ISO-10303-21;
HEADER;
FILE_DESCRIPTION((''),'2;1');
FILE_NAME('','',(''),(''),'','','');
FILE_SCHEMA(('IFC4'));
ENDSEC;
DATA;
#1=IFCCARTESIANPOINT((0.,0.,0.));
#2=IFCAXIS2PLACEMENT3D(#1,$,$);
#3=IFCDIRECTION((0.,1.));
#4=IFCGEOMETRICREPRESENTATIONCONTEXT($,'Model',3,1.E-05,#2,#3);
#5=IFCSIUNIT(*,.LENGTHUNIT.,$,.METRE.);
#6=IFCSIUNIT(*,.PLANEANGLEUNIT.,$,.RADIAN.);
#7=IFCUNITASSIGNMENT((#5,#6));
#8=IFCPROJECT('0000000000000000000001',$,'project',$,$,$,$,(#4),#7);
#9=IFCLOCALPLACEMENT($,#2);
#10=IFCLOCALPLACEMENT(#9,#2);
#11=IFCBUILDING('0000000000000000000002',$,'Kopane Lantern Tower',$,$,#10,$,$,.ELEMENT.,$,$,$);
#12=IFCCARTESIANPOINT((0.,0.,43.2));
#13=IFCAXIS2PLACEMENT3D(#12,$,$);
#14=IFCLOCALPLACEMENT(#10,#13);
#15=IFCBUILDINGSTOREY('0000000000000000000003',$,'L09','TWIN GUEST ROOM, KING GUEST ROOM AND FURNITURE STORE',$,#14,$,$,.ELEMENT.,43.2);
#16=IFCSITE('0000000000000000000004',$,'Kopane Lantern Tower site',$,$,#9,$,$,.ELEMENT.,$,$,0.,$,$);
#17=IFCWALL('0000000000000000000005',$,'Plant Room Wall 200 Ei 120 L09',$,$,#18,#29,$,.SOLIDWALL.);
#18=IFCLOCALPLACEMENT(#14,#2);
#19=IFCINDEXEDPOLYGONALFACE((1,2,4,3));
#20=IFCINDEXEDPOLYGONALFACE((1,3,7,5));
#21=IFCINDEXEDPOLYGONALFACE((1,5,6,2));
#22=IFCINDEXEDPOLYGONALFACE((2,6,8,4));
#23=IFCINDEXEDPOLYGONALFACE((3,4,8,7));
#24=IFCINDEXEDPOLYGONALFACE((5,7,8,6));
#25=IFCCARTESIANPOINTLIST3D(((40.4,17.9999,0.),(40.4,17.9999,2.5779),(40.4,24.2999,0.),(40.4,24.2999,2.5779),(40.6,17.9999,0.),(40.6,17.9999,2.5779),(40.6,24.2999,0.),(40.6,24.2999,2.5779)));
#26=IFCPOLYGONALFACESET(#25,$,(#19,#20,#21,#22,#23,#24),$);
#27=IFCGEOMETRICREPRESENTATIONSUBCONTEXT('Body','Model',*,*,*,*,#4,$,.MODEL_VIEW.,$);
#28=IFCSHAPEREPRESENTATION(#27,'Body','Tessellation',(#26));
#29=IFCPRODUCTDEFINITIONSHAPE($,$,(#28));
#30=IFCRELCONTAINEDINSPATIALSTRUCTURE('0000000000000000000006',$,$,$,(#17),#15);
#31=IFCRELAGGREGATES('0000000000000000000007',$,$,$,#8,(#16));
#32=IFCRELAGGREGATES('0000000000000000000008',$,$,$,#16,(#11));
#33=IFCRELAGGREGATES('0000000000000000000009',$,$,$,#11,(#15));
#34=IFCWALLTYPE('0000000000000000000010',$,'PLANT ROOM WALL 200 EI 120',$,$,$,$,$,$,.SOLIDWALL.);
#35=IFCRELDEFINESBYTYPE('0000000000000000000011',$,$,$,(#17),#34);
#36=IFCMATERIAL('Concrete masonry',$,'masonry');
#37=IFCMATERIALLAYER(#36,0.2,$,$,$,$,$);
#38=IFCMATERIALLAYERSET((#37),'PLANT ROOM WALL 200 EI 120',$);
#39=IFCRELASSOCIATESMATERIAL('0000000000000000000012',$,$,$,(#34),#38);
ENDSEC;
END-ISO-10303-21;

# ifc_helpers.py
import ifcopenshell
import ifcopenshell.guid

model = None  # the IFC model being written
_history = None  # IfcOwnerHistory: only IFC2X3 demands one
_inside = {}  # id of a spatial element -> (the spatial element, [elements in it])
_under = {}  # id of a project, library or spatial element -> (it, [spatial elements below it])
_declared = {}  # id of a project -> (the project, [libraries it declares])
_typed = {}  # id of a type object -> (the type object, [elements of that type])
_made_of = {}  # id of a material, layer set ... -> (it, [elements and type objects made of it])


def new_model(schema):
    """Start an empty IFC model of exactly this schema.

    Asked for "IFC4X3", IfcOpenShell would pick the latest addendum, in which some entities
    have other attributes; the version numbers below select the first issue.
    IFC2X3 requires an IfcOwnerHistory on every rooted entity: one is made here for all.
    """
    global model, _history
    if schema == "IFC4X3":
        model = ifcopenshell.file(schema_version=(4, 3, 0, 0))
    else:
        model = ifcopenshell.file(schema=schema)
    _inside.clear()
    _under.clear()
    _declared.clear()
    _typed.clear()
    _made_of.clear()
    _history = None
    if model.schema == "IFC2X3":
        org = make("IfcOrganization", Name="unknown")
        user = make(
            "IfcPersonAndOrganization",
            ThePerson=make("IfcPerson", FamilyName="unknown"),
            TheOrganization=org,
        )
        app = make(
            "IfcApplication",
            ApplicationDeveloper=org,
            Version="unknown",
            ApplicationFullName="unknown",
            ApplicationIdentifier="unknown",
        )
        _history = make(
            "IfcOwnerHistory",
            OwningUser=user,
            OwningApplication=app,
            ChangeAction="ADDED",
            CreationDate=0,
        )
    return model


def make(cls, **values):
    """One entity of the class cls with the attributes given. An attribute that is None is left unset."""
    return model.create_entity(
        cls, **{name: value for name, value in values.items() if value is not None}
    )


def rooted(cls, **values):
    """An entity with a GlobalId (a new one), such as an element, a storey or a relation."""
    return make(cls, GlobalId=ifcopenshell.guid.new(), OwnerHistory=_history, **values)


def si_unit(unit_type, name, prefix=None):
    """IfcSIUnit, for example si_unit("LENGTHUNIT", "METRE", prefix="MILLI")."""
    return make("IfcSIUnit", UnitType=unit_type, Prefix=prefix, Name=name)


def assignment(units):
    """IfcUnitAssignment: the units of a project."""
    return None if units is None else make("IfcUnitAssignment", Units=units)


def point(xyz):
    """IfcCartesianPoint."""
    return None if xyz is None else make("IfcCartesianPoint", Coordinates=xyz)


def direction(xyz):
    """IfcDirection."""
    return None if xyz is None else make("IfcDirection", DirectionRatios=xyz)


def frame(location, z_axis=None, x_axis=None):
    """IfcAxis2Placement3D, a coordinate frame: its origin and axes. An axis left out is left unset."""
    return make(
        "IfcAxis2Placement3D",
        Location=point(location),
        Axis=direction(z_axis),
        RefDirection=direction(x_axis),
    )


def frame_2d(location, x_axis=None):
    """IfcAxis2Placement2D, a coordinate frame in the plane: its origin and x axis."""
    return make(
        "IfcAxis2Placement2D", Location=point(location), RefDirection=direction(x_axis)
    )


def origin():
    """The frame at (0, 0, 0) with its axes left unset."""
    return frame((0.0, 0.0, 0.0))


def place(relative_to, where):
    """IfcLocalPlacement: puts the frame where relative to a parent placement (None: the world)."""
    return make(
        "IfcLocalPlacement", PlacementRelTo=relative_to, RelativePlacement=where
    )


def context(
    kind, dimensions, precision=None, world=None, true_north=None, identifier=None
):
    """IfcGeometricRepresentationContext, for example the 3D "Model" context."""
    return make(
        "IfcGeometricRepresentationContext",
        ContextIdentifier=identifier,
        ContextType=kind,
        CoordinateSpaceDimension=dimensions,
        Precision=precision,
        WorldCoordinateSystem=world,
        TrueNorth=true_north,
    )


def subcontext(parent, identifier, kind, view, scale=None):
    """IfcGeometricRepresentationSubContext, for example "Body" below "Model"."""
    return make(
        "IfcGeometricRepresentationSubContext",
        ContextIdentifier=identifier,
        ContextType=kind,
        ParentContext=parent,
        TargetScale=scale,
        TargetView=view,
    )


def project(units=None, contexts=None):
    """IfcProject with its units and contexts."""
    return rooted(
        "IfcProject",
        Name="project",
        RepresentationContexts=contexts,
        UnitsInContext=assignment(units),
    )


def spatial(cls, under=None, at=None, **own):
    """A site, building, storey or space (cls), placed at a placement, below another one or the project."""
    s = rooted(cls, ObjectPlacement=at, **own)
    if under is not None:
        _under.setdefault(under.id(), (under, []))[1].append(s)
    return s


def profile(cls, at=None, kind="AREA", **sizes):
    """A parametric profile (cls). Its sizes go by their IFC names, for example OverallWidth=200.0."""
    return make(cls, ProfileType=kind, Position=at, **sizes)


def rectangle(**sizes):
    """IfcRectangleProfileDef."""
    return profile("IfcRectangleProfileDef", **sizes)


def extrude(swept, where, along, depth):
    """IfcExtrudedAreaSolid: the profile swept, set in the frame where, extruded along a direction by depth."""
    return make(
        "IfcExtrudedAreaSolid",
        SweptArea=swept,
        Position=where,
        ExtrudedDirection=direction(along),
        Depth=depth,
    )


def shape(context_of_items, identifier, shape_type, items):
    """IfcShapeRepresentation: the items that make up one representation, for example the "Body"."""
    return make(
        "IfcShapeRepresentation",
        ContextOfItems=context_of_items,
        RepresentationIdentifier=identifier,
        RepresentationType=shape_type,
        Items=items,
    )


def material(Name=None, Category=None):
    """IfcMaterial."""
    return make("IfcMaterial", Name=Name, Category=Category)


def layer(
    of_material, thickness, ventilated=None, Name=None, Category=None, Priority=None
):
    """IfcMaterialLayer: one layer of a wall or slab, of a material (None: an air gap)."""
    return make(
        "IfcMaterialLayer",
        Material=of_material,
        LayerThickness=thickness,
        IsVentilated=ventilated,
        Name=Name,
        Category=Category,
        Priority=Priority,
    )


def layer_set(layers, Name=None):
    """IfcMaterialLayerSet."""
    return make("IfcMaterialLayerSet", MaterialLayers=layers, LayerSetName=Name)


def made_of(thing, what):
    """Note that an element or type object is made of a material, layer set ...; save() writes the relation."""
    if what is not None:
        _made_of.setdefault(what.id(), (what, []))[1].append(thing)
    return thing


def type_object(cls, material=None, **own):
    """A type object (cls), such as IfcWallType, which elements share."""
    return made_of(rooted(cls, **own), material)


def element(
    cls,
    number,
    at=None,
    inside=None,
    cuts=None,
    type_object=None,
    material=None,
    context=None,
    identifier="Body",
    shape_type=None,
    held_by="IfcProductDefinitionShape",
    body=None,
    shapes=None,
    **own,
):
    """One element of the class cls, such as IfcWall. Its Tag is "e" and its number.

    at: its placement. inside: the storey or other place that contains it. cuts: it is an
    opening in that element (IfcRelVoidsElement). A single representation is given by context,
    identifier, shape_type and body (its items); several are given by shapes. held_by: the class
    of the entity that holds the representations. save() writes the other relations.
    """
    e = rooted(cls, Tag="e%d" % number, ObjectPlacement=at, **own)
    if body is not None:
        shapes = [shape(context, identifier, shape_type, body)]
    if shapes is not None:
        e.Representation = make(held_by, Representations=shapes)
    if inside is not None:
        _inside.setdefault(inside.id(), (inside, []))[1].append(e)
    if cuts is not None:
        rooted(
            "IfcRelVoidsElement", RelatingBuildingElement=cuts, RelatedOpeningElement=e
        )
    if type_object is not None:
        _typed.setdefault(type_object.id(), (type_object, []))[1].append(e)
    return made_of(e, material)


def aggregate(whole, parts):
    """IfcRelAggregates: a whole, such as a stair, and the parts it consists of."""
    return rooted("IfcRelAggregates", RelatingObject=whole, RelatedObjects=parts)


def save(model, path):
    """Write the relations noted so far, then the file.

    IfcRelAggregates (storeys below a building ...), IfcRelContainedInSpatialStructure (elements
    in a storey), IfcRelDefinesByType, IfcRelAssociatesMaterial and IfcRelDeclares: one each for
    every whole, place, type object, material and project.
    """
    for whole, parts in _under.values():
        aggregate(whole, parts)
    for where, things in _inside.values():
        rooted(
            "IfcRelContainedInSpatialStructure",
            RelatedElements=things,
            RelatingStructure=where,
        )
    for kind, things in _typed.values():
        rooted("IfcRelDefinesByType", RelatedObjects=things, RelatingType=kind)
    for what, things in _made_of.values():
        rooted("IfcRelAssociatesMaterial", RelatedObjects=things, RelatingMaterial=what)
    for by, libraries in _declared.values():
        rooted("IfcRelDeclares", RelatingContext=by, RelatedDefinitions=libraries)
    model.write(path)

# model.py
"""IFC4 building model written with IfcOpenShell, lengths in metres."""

from ifc_helpers import new_model, si_unit, direction, frame, frame_2d, origin, place, context, subcontext, project, spatial, rectangle, extrude, material, layer, layer_set, type_object, element, save


model = new_model("IFC4")

# Units and contexts
model_context = context("Model", 3, precision=1e-05, world=origin(), true_north=direction((0.0, 1.0)))
body_context = subcontext(model_context, "Body", "Model", "MODEL_VIEW")
ifc_project = project(units=[si_unit("LENGTHUNIT", "METRE"), si_unit("PLANEANGLEUNIT", "RADIAN")], contexts=[model_context])

# Site, building, storey
site_placement = place(None, origin())
site = spatial("IfcSite", under=ifc_project, at=site_placement, Name="Kopane Lantern Tower site", CompositionType="ELEMENT", RefElevation=0.0)
building_placement = place(site_placement, origin())
building = spatial("IfcBuilding", under=site, at=building_placement, Name="Kopane Lantern Tower", CompositionType="ELEMENT")
storey_placement = place(building_placement, frame((0.0, 0.0, 43.2)))
storey = spatial("IfcBuildingStorey", under=building, at=storey_placement, Name="L09", Description="TWIN GUEST ROOM, KING GUEST ROOM AND FURNITURE STORE", CompositionType="ELEMENT", Elevation=43.2)

# Wall
ifc_material_1 = material(Name="Concrete masonry", Category="masonry")
ifc_layer_1 = layer(ifc_material_1, 0.2)
ifc_layer_set_1 = layer_set([ifc_layer_1], Name="PLANT ROOM WALL 200 EI 120")
wall_type_1 = type_object("IfcWallType", Name="PLANT ROOM WALL 200 EI 120", PredefinedType="SOLIDWALL", material=ifc_layer_set_1)
wall_1_placement = place(storey_placement, frame((40.5, 18.0, 0.0), z_axis=(0.0, 0.0, 1.0), x_axis=(0.0, 1.0, 0.0)))
element("IfcWall", 1, at=wall_1_placement, inside=storey, type_object=wall_type_1, Name="Plant Room Wall 200 Ei 120 L09", PredefinedType="SOLIDWALL", context=body_context, shape_type="SweptSolid", body=[
    extrude(rectangle(XDim=6.3, YDim=0.2, at=frame_2d((3.1499, 0.0))), origin(), (0.0, 0.0, 1.0), 2.5779),
])

save(model, "model.ifc")
